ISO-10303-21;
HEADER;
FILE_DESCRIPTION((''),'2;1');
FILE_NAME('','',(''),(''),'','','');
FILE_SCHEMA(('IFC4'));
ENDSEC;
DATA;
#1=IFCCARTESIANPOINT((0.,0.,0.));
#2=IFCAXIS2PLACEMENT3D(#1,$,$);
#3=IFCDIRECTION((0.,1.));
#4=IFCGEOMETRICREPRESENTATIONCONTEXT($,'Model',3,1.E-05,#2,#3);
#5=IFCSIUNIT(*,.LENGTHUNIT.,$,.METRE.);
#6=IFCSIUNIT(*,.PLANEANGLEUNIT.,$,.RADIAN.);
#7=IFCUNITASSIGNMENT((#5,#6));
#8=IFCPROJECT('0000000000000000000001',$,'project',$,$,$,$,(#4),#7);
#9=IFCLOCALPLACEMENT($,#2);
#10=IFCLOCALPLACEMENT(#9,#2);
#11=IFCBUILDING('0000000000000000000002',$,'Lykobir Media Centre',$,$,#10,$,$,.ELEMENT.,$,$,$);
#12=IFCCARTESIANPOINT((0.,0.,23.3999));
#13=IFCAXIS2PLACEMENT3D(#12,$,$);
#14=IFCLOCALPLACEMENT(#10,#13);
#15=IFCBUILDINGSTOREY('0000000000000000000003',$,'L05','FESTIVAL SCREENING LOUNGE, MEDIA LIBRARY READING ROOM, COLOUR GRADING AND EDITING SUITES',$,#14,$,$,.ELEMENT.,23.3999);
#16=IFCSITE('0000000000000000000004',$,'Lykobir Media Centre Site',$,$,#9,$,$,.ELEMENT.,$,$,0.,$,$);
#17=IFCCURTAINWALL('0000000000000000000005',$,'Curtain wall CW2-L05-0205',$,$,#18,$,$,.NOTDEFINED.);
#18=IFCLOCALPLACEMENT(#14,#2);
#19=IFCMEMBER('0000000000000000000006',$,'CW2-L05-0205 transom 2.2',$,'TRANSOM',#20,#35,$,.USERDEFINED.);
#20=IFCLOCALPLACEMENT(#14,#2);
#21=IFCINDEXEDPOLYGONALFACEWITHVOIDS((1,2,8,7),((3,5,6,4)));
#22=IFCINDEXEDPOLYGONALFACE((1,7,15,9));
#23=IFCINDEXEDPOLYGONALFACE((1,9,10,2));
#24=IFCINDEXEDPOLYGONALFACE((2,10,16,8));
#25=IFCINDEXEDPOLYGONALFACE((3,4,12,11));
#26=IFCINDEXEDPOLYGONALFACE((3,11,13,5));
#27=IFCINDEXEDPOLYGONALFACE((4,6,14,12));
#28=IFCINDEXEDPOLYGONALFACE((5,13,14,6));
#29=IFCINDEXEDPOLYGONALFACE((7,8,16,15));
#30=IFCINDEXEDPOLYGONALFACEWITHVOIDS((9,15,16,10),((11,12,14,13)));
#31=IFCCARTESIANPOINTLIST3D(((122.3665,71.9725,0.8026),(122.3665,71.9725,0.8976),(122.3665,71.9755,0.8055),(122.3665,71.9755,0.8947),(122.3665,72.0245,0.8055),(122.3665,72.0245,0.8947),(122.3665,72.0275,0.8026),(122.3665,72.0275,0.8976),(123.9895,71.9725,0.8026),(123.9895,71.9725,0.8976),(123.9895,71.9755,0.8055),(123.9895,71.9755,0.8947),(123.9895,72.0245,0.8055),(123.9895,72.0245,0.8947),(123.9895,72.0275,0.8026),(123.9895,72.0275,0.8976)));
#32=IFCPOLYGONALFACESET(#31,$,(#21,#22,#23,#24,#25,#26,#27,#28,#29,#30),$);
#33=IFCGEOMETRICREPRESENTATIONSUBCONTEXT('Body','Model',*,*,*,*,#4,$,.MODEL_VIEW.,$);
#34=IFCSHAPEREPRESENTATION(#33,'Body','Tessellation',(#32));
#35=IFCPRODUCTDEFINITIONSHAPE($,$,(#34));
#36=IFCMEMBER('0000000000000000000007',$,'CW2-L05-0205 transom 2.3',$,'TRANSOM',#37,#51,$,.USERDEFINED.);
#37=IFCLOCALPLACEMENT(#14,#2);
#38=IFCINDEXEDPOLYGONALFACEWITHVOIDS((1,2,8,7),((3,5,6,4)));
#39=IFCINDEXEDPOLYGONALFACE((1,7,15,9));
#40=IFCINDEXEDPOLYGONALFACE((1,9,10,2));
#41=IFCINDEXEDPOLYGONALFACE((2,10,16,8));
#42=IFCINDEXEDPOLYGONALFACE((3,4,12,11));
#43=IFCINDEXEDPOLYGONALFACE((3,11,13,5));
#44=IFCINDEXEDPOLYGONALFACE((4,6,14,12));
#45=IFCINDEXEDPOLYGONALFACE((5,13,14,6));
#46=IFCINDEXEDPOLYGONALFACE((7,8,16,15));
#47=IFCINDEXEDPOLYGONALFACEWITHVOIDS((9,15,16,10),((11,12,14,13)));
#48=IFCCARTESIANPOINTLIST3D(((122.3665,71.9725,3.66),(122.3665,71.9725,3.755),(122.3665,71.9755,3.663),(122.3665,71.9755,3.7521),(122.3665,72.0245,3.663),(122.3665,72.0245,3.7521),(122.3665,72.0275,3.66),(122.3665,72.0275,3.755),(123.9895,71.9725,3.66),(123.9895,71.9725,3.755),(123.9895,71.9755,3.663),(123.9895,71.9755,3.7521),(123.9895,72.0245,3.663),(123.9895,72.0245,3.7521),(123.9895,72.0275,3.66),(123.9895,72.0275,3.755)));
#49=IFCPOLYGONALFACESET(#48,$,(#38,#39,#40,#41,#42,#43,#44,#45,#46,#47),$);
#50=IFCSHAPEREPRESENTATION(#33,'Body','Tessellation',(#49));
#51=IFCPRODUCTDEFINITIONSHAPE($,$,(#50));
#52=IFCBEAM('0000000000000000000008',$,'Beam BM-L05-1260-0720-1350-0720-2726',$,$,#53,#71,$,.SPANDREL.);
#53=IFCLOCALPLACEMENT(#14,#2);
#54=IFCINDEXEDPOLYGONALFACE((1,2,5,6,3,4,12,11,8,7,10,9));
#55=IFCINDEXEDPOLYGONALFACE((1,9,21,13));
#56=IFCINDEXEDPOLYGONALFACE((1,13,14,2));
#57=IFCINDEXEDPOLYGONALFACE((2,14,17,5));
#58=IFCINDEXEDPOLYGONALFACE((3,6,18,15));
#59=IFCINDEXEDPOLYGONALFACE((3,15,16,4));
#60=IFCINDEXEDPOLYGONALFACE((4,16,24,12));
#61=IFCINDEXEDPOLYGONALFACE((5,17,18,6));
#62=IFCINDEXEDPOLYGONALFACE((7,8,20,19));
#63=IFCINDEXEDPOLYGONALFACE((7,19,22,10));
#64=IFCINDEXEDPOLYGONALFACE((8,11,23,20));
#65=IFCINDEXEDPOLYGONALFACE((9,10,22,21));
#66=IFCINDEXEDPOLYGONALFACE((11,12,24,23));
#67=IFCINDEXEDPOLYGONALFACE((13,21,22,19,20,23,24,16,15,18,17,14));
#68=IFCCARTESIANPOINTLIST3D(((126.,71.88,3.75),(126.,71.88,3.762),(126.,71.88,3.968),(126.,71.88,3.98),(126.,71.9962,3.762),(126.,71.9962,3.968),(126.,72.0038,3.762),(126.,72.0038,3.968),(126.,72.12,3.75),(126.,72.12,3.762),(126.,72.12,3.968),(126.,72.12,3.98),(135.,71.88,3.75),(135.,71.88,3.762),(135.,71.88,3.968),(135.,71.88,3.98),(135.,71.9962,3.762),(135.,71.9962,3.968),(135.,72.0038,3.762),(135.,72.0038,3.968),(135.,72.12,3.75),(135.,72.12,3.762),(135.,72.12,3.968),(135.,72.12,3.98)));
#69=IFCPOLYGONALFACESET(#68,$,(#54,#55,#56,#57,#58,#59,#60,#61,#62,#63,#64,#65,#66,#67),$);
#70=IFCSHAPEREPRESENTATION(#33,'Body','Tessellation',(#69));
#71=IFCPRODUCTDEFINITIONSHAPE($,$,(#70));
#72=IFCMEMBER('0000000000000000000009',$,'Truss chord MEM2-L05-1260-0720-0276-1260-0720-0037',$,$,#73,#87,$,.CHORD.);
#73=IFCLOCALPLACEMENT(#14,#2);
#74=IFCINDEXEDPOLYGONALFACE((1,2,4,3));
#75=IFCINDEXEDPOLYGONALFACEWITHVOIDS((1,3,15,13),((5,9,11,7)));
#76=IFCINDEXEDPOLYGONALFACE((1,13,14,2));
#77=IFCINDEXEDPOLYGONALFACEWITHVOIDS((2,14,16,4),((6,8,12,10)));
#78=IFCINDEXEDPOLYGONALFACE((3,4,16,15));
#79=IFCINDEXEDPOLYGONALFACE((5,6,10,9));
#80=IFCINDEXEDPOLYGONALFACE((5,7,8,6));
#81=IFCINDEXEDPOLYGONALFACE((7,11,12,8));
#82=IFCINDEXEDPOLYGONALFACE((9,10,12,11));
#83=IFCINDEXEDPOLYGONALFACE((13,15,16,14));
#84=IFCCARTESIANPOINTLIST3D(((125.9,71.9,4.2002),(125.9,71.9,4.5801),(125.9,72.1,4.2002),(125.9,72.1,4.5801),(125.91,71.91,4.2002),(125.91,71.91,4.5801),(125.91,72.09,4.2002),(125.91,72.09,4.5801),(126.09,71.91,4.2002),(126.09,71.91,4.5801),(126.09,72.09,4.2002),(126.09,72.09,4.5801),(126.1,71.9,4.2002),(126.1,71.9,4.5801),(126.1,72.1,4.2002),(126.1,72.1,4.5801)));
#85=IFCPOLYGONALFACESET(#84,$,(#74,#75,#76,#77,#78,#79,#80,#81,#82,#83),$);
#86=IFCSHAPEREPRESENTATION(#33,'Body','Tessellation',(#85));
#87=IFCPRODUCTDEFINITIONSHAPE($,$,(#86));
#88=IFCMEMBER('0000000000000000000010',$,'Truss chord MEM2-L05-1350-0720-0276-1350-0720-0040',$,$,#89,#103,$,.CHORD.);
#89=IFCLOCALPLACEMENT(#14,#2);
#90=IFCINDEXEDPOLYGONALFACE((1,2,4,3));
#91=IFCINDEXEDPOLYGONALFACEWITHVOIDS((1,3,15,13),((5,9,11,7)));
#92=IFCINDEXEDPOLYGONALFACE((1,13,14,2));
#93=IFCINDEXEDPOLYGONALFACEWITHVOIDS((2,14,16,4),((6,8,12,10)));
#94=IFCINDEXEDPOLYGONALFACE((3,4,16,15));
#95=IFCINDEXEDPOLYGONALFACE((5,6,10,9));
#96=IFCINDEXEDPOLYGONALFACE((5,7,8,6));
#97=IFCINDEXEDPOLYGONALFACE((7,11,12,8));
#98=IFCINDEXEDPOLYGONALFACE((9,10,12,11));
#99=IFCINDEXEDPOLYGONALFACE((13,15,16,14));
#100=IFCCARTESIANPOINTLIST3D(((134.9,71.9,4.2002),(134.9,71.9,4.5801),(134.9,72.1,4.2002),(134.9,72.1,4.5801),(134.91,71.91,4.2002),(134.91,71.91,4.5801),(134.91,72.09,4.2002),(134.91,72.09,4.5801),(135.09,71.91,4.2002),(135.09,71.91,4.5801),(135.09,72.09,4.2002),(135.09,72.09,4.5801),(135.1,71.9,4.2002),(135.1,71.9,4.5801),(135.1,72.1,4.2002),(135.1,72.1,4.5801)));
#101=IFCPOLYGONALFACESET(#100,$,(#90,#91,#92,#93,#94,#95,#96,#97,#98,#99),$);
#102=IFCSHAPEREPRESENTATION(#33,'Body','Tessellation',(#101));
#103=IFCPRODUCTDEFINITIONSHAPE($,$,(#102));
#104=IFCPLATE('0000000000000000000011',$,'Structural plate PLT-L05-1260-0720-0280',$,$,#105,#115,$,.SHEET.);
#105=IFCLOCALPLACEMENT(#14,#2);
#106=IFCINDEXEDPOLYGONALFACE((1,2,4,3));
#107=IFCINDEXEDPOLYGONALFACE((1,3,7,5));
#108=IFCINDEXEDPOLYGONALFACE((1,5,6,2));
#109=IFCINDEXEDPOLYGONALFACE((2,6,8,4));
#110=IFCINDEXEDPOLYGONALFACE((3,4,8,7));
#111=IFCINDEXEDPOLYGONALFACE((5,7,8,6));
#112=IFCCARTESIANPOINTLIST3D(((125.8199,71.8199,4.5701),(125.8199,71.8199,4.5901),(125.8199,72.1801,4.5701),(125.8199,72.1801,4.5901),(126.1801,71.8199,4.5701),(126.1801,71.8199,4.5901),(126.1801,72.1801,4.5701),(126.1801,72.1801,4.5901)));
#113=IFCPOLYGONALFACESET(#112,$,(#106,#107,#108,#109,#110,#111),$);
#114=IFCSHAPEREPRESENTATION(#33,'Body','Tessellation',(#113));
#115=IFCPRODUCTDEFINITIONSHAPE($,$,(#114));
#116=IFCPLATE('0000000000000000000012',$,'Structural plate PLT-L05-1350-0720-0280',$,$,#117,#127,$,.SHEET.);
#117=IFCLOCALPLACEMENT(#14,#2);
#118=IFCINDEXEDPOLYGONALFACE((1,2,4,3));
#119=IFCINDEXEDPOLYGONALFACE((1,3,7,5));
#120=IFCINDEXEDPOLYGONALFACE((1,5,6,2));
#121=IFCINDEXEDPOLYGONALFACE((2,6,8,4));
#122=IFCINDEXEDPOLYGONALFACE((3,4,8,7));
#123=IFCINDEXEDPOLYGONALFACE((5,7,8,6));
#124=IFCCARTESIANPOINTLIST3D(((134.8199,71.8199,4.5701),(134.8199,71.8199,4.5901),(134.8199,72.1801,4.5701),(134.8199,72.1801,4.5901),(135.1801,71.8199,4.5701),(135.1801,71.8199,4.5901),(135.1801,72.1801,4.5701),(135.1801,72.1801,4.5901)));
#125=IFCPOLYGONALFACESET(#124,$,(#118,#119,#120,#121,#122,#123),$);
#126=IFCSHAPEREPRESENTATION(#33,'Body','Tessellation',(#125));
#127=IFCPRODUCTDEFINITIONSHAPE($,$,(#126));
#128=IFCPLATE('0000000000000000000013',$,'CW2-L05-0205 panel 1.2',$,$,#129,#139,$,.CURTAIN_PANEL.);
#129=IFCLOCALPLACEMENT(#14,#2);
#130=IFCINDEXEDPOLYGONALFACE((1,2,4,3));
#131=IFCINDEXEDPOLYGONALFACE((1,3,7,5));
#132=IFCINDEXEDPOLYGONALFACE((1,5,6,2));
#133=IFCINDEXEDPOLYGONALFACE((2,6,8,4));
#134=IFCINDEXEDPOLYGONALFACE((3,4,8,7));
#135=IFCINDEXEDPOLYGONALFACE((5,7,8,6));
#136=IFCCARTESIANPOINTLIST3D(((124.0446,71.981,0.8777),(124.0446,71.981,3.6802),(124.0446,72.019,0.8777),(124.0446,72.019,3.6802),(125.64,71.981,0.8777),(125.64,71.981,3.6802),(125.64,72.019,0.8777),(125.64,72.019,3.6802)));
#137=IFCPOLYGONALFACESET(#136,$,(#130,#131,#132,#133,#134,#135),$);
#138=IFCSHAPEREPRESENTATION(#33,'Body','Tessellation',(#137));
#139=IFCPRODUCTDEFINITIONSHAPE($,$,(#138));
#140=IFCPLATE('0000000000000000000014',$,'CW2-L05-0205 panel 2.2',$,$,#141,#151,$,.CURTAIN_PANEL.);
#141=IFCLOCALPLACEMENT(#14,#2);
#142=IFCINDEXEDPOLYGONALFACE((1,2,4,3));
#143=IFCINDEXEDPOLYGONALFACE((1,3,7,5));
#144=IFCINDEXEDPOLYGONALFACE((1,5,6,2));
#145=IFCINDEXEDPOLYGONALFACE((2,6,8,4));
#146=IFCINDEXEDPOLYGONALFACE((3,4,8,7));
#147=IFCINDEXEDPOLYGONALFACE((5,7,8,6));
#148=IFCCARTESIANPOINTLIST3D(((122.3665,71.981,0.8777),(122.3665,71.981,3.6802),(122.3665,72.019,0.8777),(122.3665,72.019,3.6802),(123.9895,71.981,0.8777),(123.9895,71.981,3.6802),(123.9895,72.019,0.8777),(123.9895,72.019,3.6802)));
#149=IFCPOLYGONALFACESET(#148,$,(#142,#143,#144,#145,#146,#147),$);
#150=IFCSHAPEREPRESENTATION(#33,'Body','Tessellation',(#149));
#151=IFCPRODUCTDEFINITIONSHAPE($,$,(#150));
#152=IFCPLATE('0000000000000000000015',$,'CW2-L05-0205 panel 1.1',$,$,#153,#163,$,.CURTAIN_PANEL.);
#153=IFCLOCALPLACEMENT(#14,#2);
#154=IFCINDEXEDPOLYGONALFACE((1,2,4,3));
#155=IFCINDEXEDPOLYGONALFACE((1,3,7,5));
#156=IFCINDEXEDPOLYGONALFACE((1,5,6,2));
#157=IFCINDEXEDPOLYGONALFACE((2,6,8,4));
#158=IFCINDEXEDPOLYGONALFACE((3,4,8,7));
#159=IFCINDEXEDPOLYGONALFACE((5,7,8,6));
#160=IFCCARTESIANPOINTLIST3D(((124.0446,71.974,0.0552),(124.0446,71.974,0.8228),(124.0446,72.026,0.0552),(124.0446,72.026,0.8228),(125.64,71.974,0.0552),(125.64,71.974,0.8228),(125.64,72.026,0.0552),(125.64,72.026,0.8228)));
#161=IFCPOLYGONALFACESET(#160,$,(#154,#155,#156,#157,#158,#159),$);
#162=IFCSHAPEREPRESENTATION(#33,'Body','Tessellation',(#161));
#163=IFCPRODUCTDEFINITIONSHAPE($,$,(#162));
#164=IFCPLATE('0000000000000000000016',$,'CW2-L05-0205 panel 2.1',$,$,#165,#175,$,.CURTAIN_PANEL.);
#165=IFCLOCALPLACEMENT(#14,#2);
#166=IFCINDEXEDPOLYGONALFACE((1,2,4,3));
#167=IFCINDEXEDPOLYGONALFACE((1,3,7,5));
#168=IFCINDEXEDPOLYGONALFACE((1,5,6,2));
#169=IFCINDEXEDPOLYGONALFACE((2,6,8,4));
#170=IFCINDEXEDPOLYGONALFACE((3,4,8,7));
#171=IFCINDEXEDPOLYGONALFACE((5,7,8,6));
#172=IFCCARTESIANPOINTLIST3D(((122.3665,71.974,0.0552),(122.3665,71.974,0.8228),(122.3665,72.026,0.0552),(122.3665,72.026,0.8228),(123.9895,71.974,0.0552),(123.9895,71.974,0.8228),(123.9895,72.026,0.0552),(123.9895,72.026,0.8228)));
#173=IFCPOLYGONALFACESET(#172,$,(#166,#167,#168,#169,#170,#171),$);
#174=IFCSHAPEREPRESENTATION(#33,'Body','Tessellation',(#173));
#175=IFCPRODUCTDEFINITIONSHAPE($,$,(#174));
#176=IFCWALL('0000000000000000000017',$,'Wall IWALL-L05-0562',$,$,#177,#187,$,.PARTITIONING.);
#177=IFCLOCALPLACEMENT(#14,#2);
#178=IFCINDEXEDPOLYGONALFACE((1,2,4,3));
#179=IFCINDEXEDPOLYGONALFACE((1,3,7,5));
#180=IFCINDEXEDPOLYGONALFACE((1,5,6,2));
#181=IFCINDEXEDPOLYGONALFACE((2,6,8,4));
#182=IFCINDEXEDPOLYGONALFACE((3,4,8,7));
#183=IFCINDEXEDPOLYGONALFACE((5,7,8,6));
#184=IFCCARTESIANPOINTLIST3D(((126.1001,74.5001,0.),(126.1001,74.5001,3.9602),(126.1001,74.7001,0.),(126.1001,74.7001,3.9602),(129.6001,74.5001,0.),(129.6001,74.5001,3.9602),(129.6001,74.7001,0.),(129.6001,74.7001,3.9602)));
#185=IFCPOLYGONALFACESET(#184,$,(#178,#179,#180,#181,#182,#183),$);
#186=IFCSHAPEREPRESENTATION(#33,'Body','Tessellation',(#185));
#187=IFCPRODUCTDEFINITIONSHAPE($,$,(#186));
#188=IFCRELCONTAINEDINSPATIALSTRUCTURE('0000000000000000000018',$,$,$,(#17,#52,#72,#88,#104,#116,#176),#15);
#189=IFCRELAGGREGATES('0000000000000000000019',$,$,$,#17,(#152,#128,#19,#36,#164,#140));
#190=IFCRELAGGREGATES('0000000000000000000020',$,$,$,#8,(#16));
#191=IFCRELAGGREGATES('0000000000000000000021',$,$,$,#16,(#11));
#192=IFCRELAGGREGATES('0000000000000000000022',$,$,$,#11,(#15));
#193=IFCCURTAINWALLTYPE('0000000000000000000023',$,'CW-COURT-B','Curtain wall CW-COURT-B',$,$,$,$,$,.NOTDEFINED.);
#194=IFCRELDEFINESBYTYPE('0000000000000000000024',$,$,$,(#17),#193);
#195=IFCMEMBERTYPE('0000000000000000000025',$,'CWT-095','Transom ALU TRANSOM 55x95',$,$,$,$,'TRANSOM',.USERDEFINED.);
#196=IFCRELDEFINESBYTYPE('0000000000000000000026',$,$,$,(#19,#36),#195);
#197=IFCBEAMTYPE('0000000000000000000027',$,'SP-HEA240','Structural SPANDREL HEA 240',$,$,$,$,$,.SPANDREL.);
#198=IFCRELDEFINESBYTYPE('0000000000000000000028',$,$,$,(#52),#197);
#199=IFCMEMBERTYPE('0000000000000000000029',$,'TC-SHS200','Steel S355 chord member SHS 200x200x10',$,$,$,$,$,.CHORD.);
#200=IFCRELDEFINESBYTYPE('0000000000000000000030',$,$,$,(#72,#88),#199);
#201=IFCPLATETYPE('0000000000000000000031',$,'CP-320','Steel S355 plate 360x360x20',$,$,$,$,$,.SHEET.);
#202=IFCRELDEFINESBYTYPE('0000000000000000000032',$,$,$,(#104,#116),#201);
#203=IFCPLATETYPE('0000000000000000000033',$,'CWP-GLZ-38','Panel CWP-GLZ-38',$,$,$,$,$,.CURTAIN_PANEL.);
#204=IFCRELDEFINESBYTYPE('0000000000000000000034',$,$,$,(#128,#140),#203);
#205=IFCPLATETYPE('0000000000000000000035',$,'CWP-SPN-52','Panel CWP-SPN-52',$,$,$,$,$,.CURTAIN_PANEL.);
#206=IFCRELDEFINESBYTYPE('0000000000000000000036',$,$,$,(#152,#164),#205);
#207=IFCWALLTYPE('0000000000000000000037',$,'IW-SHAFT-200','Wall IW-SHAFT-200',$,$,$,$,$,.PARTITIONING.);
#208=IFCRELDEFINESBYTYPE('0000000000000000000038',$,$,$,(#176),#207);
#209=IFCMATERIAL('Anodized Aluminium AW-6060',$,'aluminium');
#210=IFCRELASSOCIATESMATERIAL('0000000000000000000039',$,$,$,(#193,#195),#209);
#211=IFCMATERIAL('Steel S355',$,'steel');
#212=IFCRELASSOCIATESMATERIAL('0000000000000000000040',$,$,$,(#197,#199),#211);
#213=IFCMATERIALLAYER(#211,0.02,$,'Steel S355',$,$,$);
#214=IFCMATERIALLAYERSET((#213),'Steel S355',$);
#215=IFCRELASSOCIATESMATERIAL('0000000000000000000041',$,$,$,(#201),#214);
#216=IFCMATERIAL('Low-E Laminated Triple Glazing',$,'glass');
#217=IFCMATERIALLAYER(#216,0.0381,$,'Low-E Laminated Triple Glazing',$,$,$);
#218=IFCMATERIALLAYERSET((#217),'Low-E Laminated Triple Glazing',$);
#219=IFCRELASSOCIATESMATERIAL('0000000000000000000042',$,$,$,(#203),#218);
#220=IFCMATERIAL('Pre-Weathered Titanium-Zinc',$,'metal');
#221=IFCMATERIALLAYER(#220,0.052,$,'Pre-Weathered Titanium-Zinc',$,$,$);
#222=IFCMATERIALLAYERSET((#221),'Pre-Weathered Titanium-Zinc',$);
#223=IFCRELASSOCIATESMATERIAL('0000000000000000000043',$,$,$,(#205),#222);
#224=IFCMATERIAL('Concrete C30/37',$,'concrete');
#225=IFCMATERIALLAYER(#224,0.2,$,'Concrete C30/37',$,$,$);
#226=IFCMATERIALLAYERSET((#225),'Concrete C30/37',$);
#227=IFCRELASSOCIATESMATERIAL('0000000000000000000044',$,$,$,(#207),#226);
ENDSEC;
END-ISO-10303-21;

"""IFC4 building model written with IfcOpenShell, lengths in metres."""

from ifc_helpers import new_model, si_unit, direction, frame, frame_2d, origin, origin_2d, place, context, subcontext, project, spatial, rectangle, hollow_rectangle, i_section, extrude, material, layer, layer_set, material_profile, profile_set, type_object, element, aggregate, save


model = new_model("IFC4")

# Units and contexts
model_context = context("Model", 3, precision=1e-05, world=origin(), true_north=direction((0.0, 1.0)))
body_context = subcontext(model_context, "Body", "Model", "MODEL_VIEW")
ifc_project = project(units=[si_unit("LENGTHUNIT", "METRE"), si_unit("PLANEANGLEUNIT", "RADIAN")], contexts=[model_context])

# Site, building, storey
site_placement = place(None, origin())
site = spatial("IfcSite", under=ifc_project, at=site_placement, Name="Lykobir Media Centre Site", CompositionType="ELEMENT", RefElevation=0.0)
building_placement = place(site_placement, origin())
building = spatial("IfcBuilding", under=site, at=building_placement, Name="Lykobir Media Centre", CompositionType="ELEMENT")
storey_placement = place(building_placement, frame((0.0, 0.0, 23.3999)))
storey = spatial("IfcBuildingStorey", under=building, at=storey_placement, Name="L05", Description="FESTIVAL SCREENING LOUNGE, MEDIA LIBRARY READING ROOM, COLOUR GRADING AND EDITING SUITES", CompositionType="ELEMENT", Elevation=23.3999)

# Shared definitions
ifc_material_1 = material(Name="Steel S355", Category="steel")

# Curtain wall, members
ifc_material_2 = material(Name="Anodized Aluminium AW-6060", Category="aluminium")
curtain_wall_type = type_object("IfcCurtainWallType", Name="CW-COURT-B", Description="Curtain wall CW-COURT-B", PredefinedType="NOTDEFINED", material=ifc_material_2)
curtain_wall_placement = place(storey_placement, origin())
curtain_wall = element("IfcCurtainWall", 1, at=curtain_wall_placement, inside=storey, type_object=curtain_wall_type, Name="Curtain wall CW2-L05-0205", PredefinedType="NOTDEFINED")
ifc_material_profile_1 = material_profile(ifc_material_2, hollow_rectangle(XDim=0.0549, YDim=0.095, WallThickness=0.0029, at=origin_2d()), Name="ALU TRANSOM 55x95")
ifc_profile_set_1 = profile_set([ifc_material_profile_1], Name="Anodized Aluminium AW-6060")
member_type_1 = type_object("IfcMemberType", Name="CWT-095", Description="Transom ALU TRANSOM 55x95", ElementType="TRANSOM", PredefinedType="USERDEFINED", material=ifc_profile_set_1)
member_1_placement = place(storey_placement, frame((123.9895, 72.0, 0.8501), z_axis=(-1.0, 0.0, 0.0), x_axis=(0.0, -1.0, 0.0)))
member_1 = element("IfcMember", 2, at=member_1_placement, type_object=member_type_1, Name="CW2-L05-0205 transom 2.2", ObjectType="TRANSOM", PredefinedType="USERDEFINED", context=body_context, shape_type="SweptSolid", body=[
    extrude(hollow_rectangle(XDim=0.0549, YDim=0.095, WallThickness=0.0029, at=origin_2d()), origin(), (0.0, 0.0, 1.0), 1.623),
])
member_2_placement = place(storey_placement, frame((123.9895, 72.0, 3.7075), z_axis=(-1.0, 0.0, 0.0), x_axis=(0.0, -1.0, 0.0)))
member_2 = element("IfcMember", 3, at=member_2_placement, type_object=member_type_1, Name="CW2-L05-0205 transom 2.3", ObjectType="TRANSOM", PredefinedType="USERDEFINED", context=body_context, shape_type="SweptSolid", body=[
    extrude(hollow_rectangle(XDim=0.0549, YDim=0.095, WallThickness=0.0029, at=origin_2d()), origin(), (0.0, 0.0, 1.0), 1.623),
])

# Beam
ifc_material_profile_2 = material_profile(ifc_material_1, i_section(OverallWidth=0.24, OverallDepth=0.23, WebThickness=0.0076, FlangeThickness=0.012, at=origin_2d()), Name="HEA 240")
ifc_profile_set_2 = profile_set([ifc_material_profile_2], Name="Steel S355")
beam_type_1 = type_object("IfcBeamType", Name="SP-HEA240", Description="Structural SPANDREL HEA 240", PredefinedType="SPANDREL", material=ifc_profile_set_2)
beam_placement = place(storey_placement, frame((126.0, 72.0, 3.865), z_axis=(1.0, 0.0, 0.0), x_axis=(0.0, 1.0, 0.0)))
element("IfcBeam", 4, at=beam_placement, inside=storey, type_object=beam_type_1, Name="Beam BM-L05-1260-0720-1350-0720-2726", PredefinedType="SPANDREL", context=body_context, shape_type="SweptSolid", body=[
    extrude(i_section(OverallWidth=0.24, OverallDepth=0.23, WebThickness=0.0076, FlangeThickness=0.012, at=origin_2d()), origin(), (0.0, 0.0, 1.0), 9.0),
])

# Members
ifc_material_profile_3 = material_profile(ifc_material_1, hollow_rectangle(XDim=0.2, YDim=0.2, WallThickness=0.01, at=origin_2d()), Name="SHS 200x200x10")
ifc_profile_set_3 = profile_set([ifc_material_profile_3], Name="Steel S355")
member_type_2 = type_object("IfcMemberType", Name="TC-SHS200", Description="Steel S355 chord member SHS 200x200x10", PredefinedType="CHORD", material=ifc_profile_set_3)
for number, where, z_axis, x_axis, name in (
    (5, (126.0, 72.0, 4.2002), (0.0, 0.0, 1.0), (1.0, 0.0, 0.0), "Truss chord MEM2-L05-1260-0720-0276-1260-0720-0037"),
    (6, (135.0, 72.0, 4.2002), (0.0, 0.0, 1.0), (1.0, 0.0, 0.0), "Truss chord MEM2-L05-1350-0720-0276-1350-0720-0040"),
):
    element("IfcMember", number, at=place(storey_placement, frame(where, z_axis=z_axis, x_axis=x_axis)), inside=storey, type_object=member_type_2, Name=name, PredefinedType="CHORD", context=body_context, shape_type="SweptSolid", body=[
        extrude(hollow_rectangle(XDim=0.2, YDim=0.2, WallThickness=0.01, at=origin_2d()), origin(), (0.0, 0.0, 1.0), 0.3799),
    ])

# Plates
ifc_layer_1 = layer(ifc_material_1, 0.02, Name="Steel S355")
ifc_layer_set_1 = layer_set([ifc_layer_1], Name="Steel S355")
plate_type_1 = type_object("IfcPlateType", Name="CP-320", Description="Steel S355 plate 360x360x20", PredefinedType="SHEET", material=ifc_layer_set_1)
for number, where, z_axis, x_axis, name in (
    (7, (126.0, 72.0, 4.5701), (0.0, 0.0, 1.0), (1.0, 0.0, 0.0), "Structural plate PLT-L05-1260-0720-0280"),
    (8, (135.0, 72.0, 4.5701), (0.0, 0.0, 1.0), (1.0, 0.0, 0.0), "Structural plate PLT-L05-1350-0720-0280"),
):
    element("IfcPlate", number, at=place(storey_placement, frame(where, z_axis=z_axis, x_axis=x_axis)), inside=storey, type_object=plate_type_1, Name=name, PredefinedType="SHEET", context=body_context, shape_type="SweptSolid", body=[
        extrude(rectangle(XDim=0.3601, YDim=0.3601, at=origin_2d()), origin(), (0.0, 0.0, 1.0), 0.02),
    ])

# Plates
ifc_material_3 = material(Name="Low-E Laminated Triple Glazing", Category="glass")
ifc_layer_2 = layer(ifc_material_3, 0.0381, Name="Low-E Laminated Triple Glazing")
ifc_layer_set_2 = layer_set([ifc_layer_2], Name="Low-E Laminated Triple Glazing")
plate_type_2 = type_object("IfcPlateType", Name="CWP-GLZ-38", Description="Panel CWP-GLZ-38", PredefinedType="CURTAIN_PANEL", material=ifc_layer_set_2)
plate_1_placement = place(storey_placement, frame((124.8423, 72.0, 0.8777), z_axis=(0.0, 0.0, 1.0), x_axis=(-1.0, 0.0, 0.0)))
plate_1 = element("IfcPlate", 9, at=plate_1_placement, type_object=plate_type_2, Name="CW2-L05-0205 panel 1.2", PredefinedType="CURTAIN_PANEL", context=body_context, shape_type="SweptSolid", body=[
    extrude(rectangle(XDim=1.5955, YDim=0.0381, at=origin_2d()), origin(), (0.0, 0.0, 1.0), 2.8025),
])
plate_2_placement = place(storey_placement, frame((123.178, 72.0, 0.8777), z_axis=(0.0, 0.0, 1.0), x_axis=(-1.0, 0.0, 0.0)))
plate_2 = element("IfcPlate", 10, at=plate_2_placement, type_object=plate_type_2, Name="CW2-L05-0205 panel 2.2", PredefinedType="CURTAIN_PANEL", context=body_context, shape_type="SweptSolid", body=[
    extrude(rectangle(XDim=1.623, YDim=0.0381, at=origin_2d()), origin(), (0.0, 0.0, 1.0), 2.8025),
])
ifc_material_4 = material(Name="Pre-Weathered Titanium-Zinc", Category="metal")
ifc_layer_3 = layer(ifc_material_4, 0.052, Name="Pre-Weathered Titanium-Zinc")
ifc_layer_set_3 = layer_set([ifc_layer_3], Name="Pre-Weathered Titanium-Zinc")
plate_type_3 = type_object("IfcPlateType", Name="CWP-SPN-52", Description="Panel CWP-SPN-52", PredefinedType="CURTAIN_PANEL", material=ifc_layer_set_3)
plate_3_placement = place(storey_placement, frame((124.8423, 72.0, 0.0552), z_axis=(0.0, 0.0, 1.0), x_axis=(-1.0, 0.0, 0.0)))
plate_3 = element("IfcPlate", 11, at=plate_3_placement, type_object=plate_type_3, Name="CW2-L05-0205 panel 1.1", PredefinedType="CURTAIN_PANEL", context=body_context, shape_type="SweptSolid", body=[
    extrude(rectangle(XDim=1.5955, YDim=0.052, at=origin_2d()), origin(), (0.0, 0.0, 1.0), 0.7676),
])
plate_4_placement = place(storey_placement, frame((123.178, 72.0, 0.0552), z_axis=(0.0, 0.0, 1.0), x_axis=(-1.0, 0.0, 0.0)))
plate_4 = element("IfcPlate", 12, at=plate_4_placement, type_object=plate_type_3, Name="CW2-L05-0205 panel 2.1", PredefinedType="CURTAIN_PANEL", context=body_context, shape_type="SweptSolid", body=[
    extrude(rectangle(XDim=1.623, YDim=0.052, at=origin_2d()), origin(), (0.0, 0.0, 1.0), 0.7676),
])
aggregate(curtain_wall, [plate_3, plate_1, member_1, member_2, plate_4, plate_2])

# Wall
ifc_material_5 = material(Name="Concrete C30/37", Category="concrete")
ifc_layer_4 = layer(ifc_material_5, 0.2, Name="Concrete C30/37")
ifc_layer_set_4 = layer_set([ifc_layer_4], Name="Concrete C30/37")
wall_type_1 = type_object("IfcWallType", Name="IW-SHAFT-200", Description="Wall IW-SHAFT-200", PredefinedType="PARTITIONING", material=ifc_layer_set_4)
wall_1_placement = place(storey_placement, frame((126.1001, 74.6001, 0.0), z_axis=(0.0, 0.0, 1.0), x_axis=(1.0, 0.0, 0.0)))
element("IfcWall", 13, at=wall_1_placement, inside=storey, type_object=wall_type_1, Name="Wall IWALL-L05-0562", PredefinedType="PARTITIONING", context=body_context, shape_type="SweptSolid", body=[
    extrude(rectangle(XDim=3.5, YDim=0.2, at=frame_2d((1.75, 0.0))), origin(), (0.0, 0.0, 1.0), 3.9602),
])

save(model, "model.ifc")
